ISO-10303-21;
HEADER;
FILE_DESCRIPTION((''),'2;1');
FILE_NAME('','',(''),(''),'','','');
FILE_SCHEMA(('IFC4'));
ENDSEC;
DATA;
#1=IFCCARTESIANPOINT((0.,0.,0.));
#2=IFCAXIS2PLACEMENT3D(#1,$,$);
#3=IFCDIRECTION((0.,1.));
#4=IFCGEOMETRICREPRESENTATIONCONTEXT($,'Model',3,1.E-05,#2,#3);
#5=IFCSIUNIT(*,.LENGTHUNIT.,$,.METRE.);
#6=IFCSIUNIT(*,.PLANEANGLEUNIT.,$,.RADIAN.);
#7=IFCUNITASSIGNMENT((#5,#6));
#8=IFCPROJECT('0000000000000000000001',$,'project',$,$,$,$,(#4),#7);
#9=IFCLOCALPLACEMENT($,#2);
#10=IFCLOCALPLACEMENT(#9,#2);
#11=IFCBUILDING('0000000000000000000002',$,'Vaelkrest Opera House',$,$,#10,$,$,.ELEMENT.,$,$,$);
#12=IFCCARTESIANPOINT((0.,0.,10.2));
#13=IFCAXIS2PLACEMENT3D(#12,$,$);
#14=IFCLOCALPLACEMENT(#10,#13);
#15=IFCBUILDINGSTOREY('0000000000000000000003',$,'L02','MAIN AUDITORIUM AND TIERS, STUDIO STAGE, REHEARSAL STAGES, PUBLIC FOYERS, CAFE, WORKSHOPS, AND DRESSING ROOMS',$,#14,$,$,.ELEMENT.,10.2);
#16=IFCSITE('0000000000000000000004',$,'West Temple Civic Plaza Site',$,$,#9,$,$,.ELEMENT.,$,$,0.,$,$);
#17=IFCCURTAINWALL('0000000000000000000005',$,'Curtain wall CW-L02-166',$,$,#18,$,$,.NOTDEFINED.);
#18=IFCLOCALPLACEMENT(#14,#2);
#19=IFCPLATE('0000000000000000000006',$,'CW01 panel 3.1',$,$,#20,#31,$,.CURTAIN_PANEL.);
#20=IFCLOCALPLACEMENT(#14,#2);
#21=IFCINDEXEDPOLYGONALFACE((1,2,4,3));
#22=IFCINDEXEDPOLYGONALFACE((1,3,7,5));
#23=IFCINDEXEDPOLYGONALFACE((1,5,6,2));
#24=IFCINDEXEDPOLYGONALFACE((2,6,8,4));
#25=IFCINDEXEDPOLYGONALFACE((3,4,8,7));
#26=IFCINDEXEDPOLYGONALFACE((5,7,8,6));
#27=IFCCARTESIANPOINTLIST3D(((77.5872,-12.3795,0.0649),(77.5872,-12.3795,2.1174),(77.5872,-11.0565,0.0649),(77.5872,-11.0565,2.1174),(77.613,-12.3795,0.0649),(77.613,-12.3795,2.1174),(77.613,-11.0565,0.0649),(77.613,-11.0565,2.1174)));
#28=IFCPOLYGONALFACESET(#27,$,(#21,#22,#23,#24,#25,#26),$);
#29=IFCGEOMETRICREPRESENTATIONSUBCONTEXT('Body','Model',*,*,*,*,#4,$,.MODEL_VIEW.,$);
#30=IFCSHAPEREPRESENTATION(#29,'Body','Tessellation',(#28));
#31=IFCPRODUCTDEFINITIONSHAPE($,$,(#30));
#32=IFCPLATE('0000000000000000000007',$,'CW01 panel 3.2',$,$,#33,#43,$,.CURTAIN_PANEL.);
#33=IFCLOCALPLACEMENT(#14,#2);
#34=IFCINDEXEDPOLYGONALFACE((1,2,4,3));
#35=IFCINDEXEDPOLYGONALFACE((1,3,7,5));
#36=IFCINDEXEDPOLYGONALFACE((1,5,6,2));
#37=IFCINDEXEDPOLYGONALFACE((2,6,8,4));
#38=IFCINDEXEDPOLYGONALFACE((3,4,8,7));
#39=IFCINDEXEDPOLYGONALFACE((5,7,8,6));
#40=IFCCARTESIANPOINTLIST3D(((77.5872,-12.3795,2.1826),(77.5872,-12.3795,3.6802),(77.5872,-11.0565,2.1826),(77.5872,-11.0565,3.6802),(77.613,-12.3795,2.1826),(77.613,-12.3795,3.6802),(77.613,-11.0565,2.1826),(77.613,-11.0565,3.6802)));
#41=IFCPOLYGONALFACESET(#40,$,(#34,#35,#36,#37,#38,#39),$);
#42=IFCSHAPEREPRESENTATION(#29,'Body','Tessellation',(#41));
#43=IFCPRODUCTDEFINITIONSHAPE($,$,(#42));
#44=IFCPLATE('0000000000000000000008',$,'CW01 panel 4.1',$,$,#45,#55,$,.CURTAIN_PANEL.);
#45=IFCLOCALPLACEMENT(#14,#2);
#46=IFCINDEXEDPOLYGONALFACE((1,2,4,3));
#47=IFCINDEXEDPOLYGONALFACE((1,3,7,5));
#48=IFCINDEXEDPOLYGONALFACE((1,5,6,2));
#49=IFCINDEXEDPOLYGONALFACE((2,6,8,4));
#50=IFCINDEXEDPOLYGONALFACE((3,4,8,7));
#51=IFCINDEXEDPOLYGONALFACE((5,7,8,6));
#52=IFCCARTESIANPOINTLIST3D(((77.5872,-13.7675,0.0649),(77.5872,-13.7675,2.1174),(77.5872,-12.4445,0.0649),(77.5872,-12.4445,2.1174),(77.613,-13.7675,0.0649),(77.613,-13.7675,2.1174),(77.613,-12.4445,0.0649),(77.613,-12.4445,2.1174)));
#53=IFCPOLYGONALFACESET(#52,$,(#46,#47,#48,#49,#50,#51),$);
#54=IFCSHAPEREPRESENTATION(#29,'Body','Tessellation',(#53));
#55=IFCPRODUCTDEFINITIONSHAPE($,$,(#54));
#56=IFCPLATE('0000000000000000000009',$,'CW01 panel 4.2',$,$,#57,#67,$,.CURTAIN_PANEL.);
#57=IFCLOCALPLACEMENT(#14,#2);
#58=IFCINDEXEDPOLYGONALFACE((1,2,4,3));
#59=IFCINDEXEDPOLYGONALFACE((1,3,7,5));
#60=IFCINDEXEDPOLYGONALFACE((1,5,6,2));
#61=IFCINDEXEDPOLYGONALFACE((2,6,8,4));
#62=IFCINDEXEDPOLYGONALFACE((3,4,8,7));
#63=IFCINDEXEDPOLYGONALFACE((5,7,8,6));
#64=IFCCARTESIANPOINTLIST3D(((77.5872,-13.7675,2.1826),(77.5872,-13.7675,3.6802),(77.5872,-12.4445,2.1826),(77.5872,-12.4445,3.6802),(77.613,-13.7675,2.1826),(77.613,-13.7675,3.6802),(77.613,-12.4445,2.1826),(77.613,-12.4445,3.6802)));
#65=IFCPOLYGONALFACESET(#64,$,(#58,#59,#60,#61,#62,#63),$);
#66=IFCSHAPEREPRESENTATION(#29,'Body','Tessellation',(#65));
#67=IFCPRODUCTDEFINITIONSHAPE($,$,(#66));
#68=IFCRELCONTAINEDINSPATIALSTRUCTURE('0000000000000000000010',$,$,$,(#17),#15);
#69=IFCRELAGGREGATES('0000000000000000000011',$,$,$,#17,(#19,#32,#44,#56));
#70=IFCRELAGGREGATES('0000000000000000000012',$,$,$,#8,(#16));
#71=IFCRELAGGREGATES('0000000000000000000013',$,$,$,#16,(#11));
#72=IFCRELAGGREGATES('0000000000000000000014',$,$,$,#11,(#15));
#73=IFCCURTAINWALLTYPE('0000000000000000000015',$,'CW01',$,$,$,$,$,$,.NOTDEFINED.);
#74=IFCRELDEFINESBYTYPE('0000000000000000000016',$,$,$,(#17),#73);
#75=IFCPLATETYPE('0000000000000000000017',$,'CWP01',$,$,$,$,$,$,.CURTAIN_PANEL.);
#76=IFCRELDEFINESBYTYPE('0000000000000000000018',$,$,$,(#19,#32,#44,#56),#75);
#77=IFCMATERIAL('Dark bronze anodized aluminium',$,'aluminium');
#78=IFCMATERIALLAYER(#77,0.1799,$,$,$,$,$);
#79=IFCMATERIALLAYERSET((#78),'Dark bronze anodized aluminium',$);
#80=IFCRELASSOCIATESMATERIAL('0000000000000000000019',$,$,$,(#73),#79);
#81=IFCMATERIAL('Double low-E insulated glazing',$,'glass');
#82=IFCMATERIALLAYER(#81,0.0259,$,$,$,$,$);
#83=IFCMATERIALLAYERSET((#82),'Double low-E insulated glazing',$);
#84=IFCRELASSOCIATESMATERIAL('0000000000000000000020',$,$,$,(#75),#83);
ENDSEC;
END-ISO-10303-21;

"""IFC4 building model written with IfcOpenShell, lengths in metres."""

from ifc_helpers import new_model, si_unit, direction, frame, origin, origin_2d, place, context, subcontext, project, spatial, rectangle, extrude, material, layer, layer_set, type_object, element, aggregate, save


model = new_model("IFC4")

# Units and contexts
model_context = context("Model", 3, precision=1e-05, world=origin(), true_north=direction((0.0, 1.0)))
body_context = subcontext(model_context, "Body", "Model", "MODEL_VIEW")
ifc_project = project(units=[si_unit("LENGTHUNIT", "METRE"), si_unit("PLANEANGLEUNIT", "RADIAN")], contexts=[model_context])

# Site, building, storey
site_placement = place(None, origin())
site = spatial("IfcSite", under=ifc_project, at=site_placement, Name="West Temple Civic Plaza Site", CompositionType="ELEMENT", RefElevation=0.0)
building_placement = place(site_placement, origin())
building = spatial("IfcBuilding", under=site, at=building_placement, Name="Vaelkrest Opera House", CompositionType="ELEMENT")
storey_placement = place(building_placement, frame((0.0, 0.0, 10.2)))
storey = spatial("IfcBuildingStorey", under=building, at=storey_placement, Name="L02", Description="MAIN AUDITORIUM AND TIERS, STUDIO STAGE, REHEARSAL STAGES, PUBLIC FOYERS, CAFE, WORKSHOPS, AND DRESSING ROOMS", CompositionType="ELEMENT", Elevation=10.2)

# Curtain wall, plates
ifc_material_1 = material(Name="Dark bronze anodized aluminium", Category="aluminium")
ifc_layer_1 = layer(ifc_material_1, 0.1799)
ifc_layer_set_1 = layer_set([ifc_layer_1], Name="Dark bronze anodized aluminium")
curtain_wall_type = type_object("IfcCurtainWallType", Name="CW01", PredefinedType="NOTDEFINED", material=ifc_layer_set_1)
curtain_wall_placement = place(storey_placement, origin())
curtain_wall = element("IfcCurtainWall", 1, at=curtain_wall_placement, inside=storey, type_object=curtain_wall_type, Name="Curtain wall CW-L02-166", PredefinedType="NOTDEFINED")
ifc_material_2 = material(Name="Double low-E insulated glazing", Category="glass")
ifc_layer_2 = layer(ifc_material_2, 0.0259)
ifc_layer_set_2 = layer_set([ifc_layer_2], Name="Double low-E insulated glazing")
plate_type = type_object("IfcPlateType", Name="CWP01", PredefinedType="CURTAIN_PANEL", material=ifc_layer_set_2)
plate_1_placement = place(storey_placement, frame((77.6001, -11.718, 0.0649), z_axis=(0.0, 0.0, 1.0), x_axis=(0.0, -1.0, 0.0)))
plate_1 = element("IfcPlate", 2, at=plate_1_placement, type_object=plate_type, Name="CW01 panel 3.1", PredefinedType="CURTAIN_PANEL", context=body_context, shape_type="SweptSolid", body=[
    extrude(rectangle(XDim=1.323, YDim=0.0259, at=origin_2d()), origin(), (0.0, 0.0, 1.0), 2.0525),
])
plate_2_placement = place(storey_placement, frame((77.6001, -11.718, 2.1826), z_axis=(0.0, 0.0, 1.0), x_axis=(0.0, -1.0, 0.0)))
plate_2 = element("IfcPlate", 3, at=plate_2_placement, type_object=plate_type, Name="CW01 panel 3.2", PredefinedType="CURTAIN_PANEL", context=body_context, shape_type="SweptSolid", body=[
    extrude(rectangle(XDim=1.323, YDim=0.0259, at=origin_2d()), origin(), (0.0, 0.0, 1.0), 1.4976),
])
plate_3_placement = place(storey_placement, frame((77.6001, -13.106, 0.0649), z_axis=(0.0, 0.0, 1.0), x_axis=(0.0, -1.0, 0.0)))
plate_3 = element("IfcPlate", 4, at=plate_3_placement, type_object=plate_type, Name="CW01 panel 4.1", PredefinedType="CURTAIN_PANEL", context=body_context, shape_type="SweptSolid", body=[
    extrude(rectangle(XDim=1.323, YDim=0.0259, at=origin_2d()), origin(), (0.0, 0.0, 1.0), 2.0525),
])
plate_4_placement = place(storey_placement, frame((77.6001, -13.106, 2.1826), z_axis=(0.0, 0.0, 1.0), x_axis=(0.0, -1.0, 0.0)))
plate_4 = element("IfcPlate", 5, at=plate_4_placement, type_object=plate_type, Name="CW01 panel 4.2", PredefinedType="CURTAIN_PANEL", context=body_context, shape_type="SweptSolid", body=[
    extrude(rectangle(XDim=1.323, YDim=0.0259, at=origin_2d()), origin(), (0.0, 0.0, 1.0), 1.4976),
])
aggregate(curtain_wall, [plate_1, plate_2, plate_3, plate_4])

save(model, "model.ifc")
